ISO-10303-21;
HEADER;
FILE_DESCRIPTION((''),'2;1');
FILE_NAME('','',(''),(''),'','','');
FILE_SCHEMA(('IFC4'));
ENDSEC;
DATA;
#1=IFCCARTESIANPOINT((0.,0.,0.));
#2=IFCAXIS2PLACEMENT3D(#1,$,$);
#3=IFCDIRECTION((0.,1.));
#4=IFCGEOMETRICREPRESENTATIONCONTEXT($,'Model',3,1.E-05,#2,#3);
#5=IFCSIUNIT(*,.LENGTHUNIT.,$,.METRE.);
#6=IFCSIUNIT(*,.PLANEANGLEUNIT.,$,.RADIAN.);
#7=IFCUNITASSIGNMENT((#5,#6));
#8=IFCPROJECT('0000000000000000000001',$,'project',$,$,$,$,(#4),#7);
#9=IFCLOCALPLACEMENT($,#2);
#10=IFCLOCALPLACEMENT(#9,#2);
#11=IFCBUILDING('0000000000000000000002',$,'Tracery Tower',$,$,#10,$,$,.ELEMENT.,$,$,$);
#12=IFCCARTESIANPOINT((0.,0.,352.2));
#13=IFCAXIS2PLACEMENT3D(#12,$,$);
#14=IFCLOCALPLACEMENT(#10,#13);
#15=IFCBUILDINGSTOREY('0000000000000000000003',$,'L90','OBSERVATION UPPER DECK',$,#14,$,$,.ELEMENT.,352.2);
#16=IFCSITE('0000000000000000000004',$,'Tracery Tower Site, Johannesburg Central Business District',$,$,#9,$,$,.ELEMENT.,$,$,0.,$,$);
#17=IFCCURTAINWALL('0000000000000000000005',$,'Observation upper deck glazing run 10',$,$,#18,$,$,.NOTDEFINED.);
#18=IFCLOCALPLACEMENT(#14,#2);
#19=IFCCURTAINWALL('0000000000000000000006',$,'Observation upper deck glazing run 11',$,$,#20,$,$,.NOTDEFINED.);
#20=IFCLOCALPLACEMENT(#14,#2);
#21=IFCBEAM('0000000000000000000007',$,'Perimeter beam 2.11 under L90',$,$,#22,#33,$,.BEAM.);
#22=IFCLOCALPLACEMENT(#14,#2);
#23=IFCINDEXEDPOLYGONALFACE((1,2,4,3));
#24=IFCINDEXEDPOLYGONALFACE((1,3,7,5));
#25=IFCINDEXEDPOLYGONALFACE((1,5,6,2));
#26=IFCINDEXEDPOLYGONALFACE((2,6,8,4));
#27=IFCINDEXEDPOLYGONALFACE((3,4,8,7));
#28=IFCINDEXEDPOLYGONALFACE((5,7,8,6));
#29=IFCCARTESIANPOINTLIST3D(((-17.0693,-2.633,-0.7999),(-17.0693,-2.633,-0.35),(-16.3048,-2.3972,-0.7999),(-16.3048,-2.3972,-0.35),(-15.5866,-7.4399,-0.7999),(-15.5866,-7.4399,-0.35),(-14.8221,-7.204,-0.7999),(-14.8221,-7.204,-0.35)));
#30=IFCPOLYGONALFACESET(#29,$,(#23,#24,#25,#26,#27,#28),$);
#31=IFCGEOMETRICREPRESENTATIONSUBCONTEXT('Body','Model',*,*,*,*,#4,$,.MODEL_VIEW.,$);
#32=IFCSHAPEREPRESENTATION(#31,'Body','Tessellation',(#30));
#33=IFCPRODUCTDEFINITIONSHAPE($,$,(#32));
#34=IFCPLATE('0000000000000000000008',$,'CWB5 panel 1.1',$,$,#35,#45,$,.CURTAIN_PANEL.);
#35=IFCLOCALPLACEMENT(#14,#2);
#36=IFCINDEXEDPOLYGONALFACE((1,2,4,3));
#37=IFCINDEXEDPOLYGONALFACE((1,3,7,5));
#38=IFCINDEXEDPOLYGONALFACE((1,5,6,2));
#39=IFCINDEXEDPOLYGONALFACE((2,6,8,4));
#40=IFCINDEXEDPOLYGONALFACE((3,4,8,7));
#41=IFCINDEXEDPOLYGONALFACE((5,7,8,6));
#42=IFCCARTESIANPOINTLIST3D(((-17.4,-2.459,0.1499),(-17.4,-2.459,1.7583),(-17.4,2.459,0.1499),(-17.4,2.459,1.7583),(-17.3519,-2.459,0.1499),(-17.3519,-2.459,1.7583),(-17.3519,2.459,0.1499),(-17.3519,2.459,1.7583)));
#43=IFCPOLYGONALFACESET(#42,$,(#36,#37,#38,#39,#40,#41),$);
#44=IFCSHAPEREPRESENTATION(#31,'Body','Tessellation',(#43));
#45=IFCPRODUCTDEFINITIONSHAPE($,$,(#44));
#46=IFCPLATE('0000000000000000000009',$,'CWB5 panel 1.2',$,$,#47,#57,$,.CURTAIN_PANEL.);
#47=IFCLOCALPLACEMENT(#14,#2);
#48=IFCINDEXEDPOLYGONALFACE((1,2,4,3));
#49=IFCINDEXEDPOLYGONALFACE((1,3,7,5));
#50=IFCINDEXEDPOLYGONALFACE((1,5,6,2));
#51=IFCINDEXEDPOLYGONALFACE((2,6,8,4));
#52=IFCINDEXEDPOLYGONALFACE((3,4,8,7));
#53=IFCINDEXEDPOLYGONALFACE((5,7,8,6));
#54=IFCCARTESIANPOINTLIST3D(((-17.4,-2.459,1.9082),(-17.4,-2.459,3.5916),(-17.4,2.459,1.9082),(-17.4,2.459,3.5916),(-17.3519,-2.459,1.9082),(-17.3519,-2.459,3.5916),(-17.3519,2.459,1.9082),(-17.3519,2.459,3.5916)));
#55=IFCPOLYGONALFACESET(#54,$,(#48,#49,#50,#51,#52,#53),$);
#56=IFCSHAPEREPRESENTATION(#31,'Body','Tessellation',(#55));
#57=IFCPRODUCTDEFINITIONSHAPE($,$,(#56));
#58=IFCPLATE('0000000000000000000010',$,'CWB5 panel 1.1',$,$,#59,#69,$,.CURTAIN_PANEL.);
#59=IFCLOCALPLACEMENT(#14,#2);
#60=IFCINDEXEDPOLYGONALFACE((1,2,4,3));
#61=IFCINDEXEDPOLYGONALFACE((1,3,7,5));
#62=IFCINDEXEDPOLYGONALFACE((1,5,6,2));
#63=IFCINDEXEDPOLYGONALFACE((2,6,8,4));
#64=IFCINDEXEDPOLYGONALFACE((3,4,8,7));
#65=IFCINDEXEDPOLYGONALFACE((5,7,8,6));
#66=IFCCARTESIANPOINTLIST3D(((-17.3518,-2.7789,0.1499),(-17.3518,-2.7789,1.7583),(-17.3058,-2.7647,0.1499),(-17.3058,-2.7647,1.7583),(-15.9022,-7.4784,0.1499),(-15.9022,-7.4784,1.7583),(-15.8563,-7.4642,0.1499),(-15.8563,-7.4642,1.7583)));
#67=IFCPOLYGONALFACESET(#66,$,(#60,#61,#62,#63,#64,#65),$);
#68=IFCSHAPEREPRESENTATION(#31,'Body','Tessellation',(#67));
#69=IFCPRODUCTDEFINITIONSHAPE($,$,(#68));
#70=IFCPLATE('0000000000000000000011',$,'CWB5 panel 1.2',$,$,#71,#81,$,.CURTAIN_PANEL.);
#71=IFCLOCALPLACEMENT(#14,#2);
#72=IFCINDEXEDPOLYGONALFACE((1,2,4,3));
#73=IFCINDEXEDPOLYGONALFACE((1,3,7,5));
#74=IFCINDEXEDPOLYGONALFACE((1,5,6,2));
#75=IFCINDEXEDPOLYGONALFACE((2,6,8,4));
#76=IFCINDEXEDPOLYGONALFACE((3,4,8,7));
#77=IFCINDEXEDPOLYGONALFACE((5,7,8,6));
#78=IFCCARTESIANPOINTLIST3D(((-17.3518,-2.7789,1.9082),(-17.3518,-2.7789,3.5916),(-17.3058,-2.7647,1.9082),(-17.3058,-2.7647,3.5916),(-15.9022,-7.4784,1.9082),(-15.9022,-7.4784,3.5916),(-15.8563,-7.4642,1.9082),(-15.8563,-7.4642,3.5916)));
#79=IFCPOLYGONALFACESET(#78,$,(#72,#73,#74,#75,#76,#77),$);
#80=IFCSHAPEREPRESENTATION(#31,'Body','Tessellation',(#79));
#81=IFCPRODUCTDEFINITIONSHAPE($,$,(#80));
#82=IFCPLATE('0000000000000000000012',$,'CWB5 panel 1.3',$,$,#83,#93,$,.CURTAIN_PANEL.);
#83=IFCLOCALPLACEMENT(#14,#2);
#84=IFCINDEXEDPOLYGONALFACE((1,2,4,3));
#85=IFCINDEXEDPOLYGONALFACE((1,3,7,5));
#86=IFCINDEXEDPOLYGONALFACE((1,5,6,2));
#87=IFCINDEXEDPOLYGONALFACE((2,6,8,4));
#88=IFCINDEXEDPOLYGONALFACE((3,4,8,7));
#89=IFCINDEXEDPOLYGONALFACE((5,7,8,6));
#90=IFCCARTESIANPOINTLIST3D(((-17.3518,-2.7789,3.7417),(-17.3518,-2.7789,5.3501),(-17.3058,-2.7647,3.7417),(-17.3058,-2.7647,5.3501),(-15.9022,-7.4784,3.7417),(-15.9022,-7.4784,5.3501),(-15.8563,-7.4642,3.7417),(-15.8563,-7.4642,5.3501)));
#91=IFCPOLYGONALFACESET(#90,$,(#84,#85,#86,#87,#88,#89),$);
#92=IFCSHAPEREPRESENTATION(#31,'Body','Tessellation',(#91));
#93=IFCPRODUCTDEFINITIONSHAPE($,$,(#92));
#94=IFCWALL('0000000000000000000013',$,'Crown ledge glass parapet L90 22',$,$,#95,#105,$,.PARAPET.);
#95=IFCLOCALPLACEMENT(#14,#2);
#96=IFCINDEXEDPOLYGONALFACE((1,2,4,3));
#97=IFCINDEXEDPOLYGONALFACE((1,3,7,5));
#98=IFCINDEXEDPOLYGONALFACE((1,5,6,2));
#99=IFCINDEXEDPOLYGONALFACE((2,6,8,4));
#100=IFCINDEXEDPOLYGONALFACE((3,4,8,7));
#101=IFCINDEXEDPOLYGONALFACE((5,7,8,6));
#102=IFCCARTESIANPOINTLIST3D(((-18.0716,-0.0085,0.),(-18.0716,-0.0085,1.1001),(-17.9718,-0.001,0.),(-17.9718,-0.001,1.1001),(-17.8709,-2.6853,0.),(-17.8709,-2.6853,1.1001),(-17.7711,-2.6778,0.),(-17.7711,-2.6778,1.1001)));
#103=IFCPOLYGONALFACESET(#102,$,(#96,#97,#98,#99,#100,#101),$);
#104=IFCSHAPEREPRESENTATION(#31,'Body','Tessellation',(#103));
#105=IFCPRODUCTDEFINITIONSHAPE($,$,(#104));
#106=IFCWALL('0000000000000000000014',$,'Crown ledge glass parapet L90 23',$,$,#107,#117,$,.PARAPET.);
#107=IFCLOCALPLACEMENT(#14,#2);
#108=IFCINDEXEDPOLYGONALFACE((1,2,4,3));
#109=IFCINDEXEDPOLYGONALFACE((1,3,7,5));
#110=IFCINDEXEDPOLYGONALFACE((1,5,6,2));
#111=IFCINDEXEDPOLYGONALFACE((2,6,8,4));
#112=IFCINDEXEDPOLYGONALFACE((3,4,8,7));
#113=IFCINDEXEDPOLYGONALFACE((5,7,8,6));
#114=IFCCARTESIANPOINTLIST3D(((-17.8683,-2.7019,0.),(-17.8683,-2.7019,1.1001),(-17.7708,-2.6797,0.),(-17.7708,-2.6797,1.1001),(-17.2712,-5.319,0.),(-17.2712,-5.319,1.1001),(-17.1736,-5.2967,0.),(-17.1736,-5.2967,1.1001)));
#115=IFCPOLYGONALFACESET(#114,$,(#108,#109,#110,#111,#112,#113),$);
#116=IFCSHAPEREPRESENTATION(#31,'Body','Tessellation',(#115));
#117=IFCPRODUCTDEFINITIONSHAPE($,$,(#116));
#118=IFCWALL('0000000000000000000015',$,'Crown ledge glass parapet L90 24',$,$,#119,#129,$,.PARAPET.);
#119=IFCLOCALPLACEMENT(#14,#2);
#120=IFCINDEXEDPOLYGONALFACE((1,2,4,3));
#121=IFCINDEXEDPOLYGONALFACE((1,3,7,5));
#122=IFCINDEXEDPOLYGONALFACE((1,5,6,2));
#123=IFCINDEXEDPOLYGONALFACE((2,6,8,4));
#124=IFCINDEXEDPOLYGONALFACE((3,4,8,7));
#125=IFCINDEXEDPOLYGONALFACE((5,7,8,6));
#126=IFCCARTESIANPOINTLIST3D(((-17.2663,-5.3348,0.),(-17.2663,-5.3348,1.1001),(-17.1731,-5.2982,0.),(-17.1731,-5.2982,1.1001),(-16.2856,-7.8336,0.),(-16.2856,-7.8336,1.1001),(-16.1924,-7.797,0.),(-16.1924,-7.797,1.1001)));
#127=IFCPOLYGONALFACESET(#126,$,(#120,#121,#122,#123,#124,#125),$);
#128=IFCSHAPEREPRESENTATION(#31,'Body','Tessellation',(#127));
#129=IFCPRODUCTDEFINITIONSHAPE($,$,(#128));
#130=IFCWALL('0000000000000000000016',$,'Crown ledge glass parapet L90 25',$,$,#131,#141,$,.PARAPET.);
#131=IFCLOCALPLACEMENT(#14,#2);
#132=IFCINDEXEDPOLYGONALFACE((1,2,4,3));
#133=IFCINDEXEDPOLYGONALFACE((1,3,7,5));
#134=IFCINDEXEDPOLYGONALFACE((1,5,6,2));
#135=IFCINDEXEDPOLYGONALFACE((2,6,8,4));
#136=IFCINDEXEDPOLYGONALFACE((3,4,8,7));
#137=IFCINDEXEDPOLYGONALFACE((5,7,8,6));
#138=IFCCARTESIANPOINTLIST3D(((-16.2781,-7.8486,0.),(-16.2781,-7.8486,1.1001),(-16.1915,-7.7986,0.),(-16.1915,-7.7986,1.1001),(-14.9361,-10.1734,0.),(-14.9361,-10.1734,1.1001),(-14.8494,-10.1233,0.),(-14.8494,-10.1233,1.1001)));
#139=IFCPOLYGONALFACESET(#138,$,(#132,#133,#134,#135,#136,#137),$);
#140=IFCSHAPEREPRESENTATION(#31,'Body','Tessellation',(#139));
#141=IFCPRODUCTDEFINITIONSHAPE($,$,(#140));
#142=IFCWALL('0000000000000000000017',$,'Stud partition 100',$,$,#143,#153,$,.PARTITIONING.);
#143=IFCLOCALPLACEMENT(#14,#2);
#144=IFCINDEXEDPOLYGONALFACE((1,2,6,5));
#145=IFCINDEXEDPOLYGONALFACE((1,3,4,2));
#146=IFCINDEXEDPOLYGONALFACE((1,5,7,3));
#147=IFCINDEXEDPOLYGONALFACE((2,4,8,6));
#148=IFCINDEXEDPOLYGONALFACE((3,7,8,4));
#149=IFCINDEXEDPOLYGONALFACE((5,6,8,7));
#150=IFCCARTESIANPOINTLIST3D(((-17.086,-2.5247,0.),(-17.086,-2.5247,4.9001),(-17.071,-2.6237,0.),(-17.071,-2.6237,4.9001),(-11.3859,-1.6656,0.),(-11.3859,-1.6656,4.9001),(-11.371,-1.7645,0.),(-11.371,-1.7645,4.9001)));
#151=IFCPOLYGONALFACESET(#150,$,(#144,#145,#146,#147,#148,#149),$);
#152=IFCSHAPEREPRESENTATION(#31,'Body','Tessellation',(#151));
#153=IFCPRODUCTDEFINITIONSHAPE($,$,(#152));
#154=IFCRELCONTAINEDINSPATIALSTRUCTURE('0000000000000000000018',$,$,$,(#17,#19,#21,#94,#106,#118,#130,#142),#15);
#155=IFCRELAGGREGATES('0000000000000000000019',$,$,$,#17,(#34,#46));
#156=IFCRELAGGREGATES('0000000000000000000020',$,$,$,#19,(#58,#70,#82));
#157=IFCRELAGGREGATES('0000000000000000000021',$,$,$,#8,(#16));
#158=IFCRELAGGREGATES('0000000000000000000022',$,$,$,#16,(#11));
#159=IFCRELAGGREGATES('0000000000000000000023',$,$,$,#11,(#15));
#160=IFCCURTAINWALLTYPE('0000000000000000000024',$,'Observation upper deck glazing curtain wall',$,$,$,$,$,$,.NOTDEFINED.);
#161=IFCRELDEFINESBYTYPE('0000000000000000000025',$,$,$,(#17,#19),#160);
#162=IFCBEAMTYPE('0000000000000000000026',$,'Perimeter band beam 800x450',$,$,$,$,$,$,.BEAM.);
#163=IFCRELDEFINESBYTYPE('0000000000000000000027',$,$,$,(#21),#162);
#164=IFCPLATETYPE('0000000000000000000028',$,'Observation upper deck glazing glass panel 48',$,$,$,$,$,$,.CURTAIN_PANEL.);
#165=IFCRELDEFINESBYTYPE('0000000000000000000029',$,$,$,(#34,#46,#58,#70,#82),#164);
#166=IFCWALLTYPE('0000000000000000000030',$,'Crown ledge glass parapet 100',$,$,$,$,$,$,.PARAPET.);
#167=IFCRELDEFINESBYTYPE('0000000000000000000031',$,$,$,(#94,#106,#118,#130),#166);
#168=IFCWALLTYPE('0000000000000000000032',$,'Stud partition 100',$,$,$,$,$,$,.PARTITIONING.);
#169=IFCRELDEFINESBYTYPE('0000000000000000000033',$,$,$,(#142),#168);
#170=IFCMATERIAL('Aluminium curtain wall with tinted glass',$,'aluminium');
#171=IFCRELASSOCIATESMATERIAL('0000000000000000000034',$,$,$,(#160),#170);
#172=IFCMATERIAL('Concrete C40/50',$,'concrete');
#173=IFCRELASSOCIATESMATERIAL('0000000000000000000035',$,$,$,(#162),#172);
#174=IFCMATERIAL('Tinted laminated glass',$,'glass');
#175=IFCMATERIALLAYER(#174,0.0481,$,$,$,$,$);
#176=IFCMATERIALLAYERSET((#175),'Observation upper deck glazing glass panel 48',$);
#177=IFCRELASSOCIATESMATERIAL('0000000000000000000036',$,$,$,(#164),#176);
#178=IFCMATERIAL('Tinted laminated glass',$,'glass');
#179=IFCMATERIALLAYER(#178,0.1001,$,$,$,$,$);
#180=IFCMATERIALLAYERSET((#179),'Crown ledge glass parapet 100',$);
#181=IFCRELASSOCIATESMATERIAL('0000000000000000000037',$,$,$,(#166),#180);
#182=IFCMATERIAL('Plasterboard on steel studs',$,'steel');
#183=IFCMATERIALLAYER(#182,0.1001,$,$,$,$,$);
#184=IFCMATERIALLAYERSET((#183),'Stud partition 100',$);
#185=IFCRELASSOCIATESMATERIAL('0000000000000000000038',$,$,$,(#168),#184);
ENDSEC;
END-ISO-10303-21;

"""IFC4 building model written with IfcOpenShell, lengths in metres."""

from ifc_helpers import new_model, si_unit, direction, frame, frame_2d, origin, origin_2d, place, context, subcontext, project, spatial, rectangle, extrude, material, layer, layer_set, material_profile, profile_set, type_object, element, aggregate, save


model = new_model("IFC4")

# Units and contexts
model_context = context("Model", 3, precision=1e-05, world=origin(), true_north=direction((0.0, 1.0)))
body_context = subcontext(model_context, "Body", "Model", "MODEL_VIEW")
ifc_project = project(units=[si_unit("LENGTHUNIT", "METRE"), si_unit("PLANEANGLEUNIT", "RADIAN")], contexts=[model_context])

# Site, building, storey
site_placement = place(None, origin())
site = spatial("IfcSite", under=ifc_project, at=site_placement, Name="Tracery Tower Site, Johannesburg Central Business District", CompositionType="ELEMENT", RefElevation=0.0)
building_placement = place(site_placement, origin())
building = spatial("IfcBuilding", under=site, at=building_placement, Name="Tracery Tower", CompositionType="ELEMENT")
storey_placement = place(building_placement, frame((0.0, 0.0, 352.2)))
storey = spatial("IfcBuildingStorey", under=building, at=storey_placement, Name="L90", Description="OBSERVATION UPPER DECK", CompositionType="ELEMENT", Elevation=352.2)

# Curtain wall
ifc_material_1 = material(Name="Aluminium curtain wall with tinted glass", Category="aluminium")
curtain_wall_type = type_object("IfcCurtainWallType", Name="Observation upper deck glazing curtain wall", PredefinedType="NOTDEFINED", material=ifc_material_1)
curtain_wall_1_placement = place(storey_placement, origin())
curtain_wall_1 = element("IfcCurtainWall", 1, at=curtain_wall_1_placement, inside=storey, type_object=curtain_wall_type, Name="Observation upper deck glazing run 10", PredefinedType="NOTDEFINED")

# Curtain wall
curtain_wall_2_placement = place(storey_placement, origin())
curtain_wall_2 = element("IfcCurtainWall", 2, at=curtain_wall_2_placement, inside=storey, type_object=curtain_wall_type, Name="Observation upper deck glazing run 11", PredefinedType="NOTDEFINED")

# Beam
ifc_material_2 = material(Name="Concrete C40/50", Category="concrete")
ifc_material_profile_1 = material_profile(ifc_material_2, rectangle(XDim=0.8, YDim=0.45, at=origin_2d()), Name="RC 800x450")
ifc_profile_set_1 = profile_set([ifc_material_profile_1], Name="Concrete C40/50")
beam_type = type_object("IfcBeamType", Name="Perimeter band beam 800x450", PredefinedType="BEAM", material=ifc_profile_set_1)
beam_placement = place(storey_placement, frame((-16.687, -2.5151, -0.575), z_axis=(0.294744, -0.955576, 0.0), x_axis=(0.955576, 0.294744, 0.0)))
element("IfcBeam", 3, at=beam_placement, inside=storey, type_object=beam_type, Name="Perimeter beam 2.11 under L90", PredefinedType="BEAM", context=body_context, shape_type="SweptSolid", body=[
    extrude(rectangle(XDim=0.8, YDim=0.45, at=origin_2d()), origin(), (0.0, 0.0, 1.0), 5.0303),
])

# Plates
ifc_material_3 = material(Name="Tinted laminated glass", Category="glass")
ifc_layer_1 = layer(ifc_material_3, 0.0481)
ifc_layer_set_1 = layer_set([ifc_layer_1], Name="Observation upper deck glazing glass panel 48")
plate_type = type_object("IfcPlateType", Name="Observation upper deck glazing glass panel 48", PredefinedType="CURTAIN_PANEL", material=ifc_layer_set_1)
plate_1_placement = place(storey_placement, frame((-17.376, 0.0, 0.1499), z_axis=(0.0, 0.0, 1.0), x_axis=(0.0, -1.0, 0.0)))
plate_1 = element("IfcPlate", 4, at=plate_1_placement, type_object=plate_type, Name="CWB5 panel 1.1", PredefinedType="CURTAIN_PANEL", context=body_context, shape_type="SweptSolid", body=[
    extrude(rectangle(XDim=4.918, YDim=0.0481, at=origin_2d()), origin(), (0.0, 0.0, 1.0), 1.6084),
])
plate_2_placement = place(storey_placement, frame((-17.376, 0.0, 1.9082), z_axis=(0.0, 0.0, 1.0), x_axis=(0.0, -1.0, 0.0)))
plate_2 = element("IfcPlate", 5, at=plate_2_placement, type_object=plate_type, Name="CWB5 panel 1.2", PredefinedType="CURTAIN_PANEL", context=body_context, shape_type="SweptSolid", body=[
    extrude(rectangle(XDim=4.918, YDim=0.0481, at=origin_2d()), origin(), (0.0, 0.0, 1.0), 1.6833),
])
aggregate(curtain_wall_1, [plate_1, plate_2])
plate_3_placement = place(storey_placement, frame((-16.604, -5.1216, 0.1499), z_axis=(0.0, 0.0, 1.0), x_axis=(0.294744, -0.955576, 0.0)))
plate_3 = element("IfcPlate", 6, at=plate_3_placement, type_object=plate_type, Name="CWB5 panel 1.1", PredefinedType="CURTAIN_PANEL", context=body_context, shape_type="SweptSolid", body=[
    extrude(rectangle(XDim=4.918, YDim=0.0481, at=origin_2d()), origin(), (0.0, 0.0, 1.0), 1.6084),
])
plate_4_placement = place(storey_placement, frame((-16.604, -5.1216, 1.9082), z_axis=(0.0, 0.0, 1.0), x_axis=(0.294744, -0.955576, 0.0)))
plate_4 = element("IfcPlate", 7, at=plate_4_placement, type_object=plate_type, Name="CWB5 panel 1.2", PredefinedType="CURTAIN_PANEL", context=body_context, shape_type="SweptSolid", body=[
    extrude(rectangle(XDim=4.918, YDim=0.0481, at=origin_2d()), origin(), (0.0, 0.0, 1.0), 1.6833),
])
plate_5_placement = place(storey_placement, frame((-16.604, -5.1216, 3.7417), z_axis=(0.0, 0.0, 1.0), x_axis=(0.294744, -0.955576, 0.0)))
plate_5 = element("IfcPlate", 8, at=plate_5_placement, type_object=plate_type, Name="CWB5 panel 1.3", PredefinedType="CURTAIN_PANEL", context=body_context, shape_type="SweptSolid", body=[
    extrude(rectangle(XDim=4.918, YDim=0.0481, at=origin_2d()), origin(), (0.0, 0.0, 1.0), 1.6084),
])
aggregate(curtain_wall_2, [plate_3, plate_4, plate_5])

# Walls
ifc_material_4 = material(Name="Tinted laminated glass", Category="glass")
ifc_layer_2 = layer(ifc_material_4, 0.1001)
ifc_layer_set_2 = layer_set([ifc_layer_2], Name="Crown ledge glass parapet 100")
wall_type_1 = type_object("IfcWallType", Name="Crown ledge glass parapet 100", PredefinedType="PARAPET", material=ifc_layer_set_2)
for number, where, z_axis, x_axis, name in (
    (9, (-18.0217, -0.0046, 0.0), (0.0, 0.0, 1.0), (0.074763, -0.997201, 0.0), "Crown ledge glass parapet L90 22"),
    (10, (-17.8196, -2.6907, 0.0), (0.0, 0.0, 1.0), (0.222474, -0.974939, 0.0), "Crown ledge glass parapet L90 23"),
    (11, (-17.2197, -5.3164, 0.0), (0.0, 0.0, 1.0), (0.365346, -0.930872, 0.0), "Crown ledge glass parapet L90 24"),
    (12, (-16.2349, -7.8235, 0.0), (0.0, 0.0, 1.0), (0.499964, -0.866046, 0.0), "Crown ledge glass parapet L90 25"),
):
    element("IfcWall", number, at=place(storey_placement, frame(where, z_axis=z_axis, x_axis=x_axis)), inside=storey, type_object=wall_type_1, Name=name, PredefinedType="PARAPET", context=body_context, shape_type="SweptSolid", body=[
        extrude(rectangle(XDim=2.6843, YDim=0.1001, at=frame_2d((1.3423, 0.0))), origin(), (0.0, 0.0, 1.0), 1.1001),
    ])
ifc_material_5 = material(Name="Plasterboard on steel studs", Category="steel")
ifc_layer_3 = layer(ifc_material_5, 0.1001)
ifc_layer_set_3 = layer_set([ifc_layer_3], Name="Stud partition 100")
wall_type_2 = type_object("IfcWallType", Name="Stud partition 100", PredefinedType="PARTITIONING", material=ifc_layer_set_3)
wall_placement = place(storey_placement, frame((-17.0786, -2.5742, 0.0), z_axis=(0.0, 0.0, 1.0), x_axis=(0.988831, 0.149043, 0.0)))
element("IfcWall", 13, at=wall_placement, inside=storey, type_object=wall_type_2, Name="Stud partition 100", PredefinedType="PARTITIONING", context=body_context, shape_type="SweptSolid", body=[
    extrude(rectangle(XDim=5.7644, YDim=0.1001, at=frame_2d((2.8823, 0.0))), origin(), (0.0, 0.0, 1.0), 4.9001),
])

save(model, "model.ifc")
